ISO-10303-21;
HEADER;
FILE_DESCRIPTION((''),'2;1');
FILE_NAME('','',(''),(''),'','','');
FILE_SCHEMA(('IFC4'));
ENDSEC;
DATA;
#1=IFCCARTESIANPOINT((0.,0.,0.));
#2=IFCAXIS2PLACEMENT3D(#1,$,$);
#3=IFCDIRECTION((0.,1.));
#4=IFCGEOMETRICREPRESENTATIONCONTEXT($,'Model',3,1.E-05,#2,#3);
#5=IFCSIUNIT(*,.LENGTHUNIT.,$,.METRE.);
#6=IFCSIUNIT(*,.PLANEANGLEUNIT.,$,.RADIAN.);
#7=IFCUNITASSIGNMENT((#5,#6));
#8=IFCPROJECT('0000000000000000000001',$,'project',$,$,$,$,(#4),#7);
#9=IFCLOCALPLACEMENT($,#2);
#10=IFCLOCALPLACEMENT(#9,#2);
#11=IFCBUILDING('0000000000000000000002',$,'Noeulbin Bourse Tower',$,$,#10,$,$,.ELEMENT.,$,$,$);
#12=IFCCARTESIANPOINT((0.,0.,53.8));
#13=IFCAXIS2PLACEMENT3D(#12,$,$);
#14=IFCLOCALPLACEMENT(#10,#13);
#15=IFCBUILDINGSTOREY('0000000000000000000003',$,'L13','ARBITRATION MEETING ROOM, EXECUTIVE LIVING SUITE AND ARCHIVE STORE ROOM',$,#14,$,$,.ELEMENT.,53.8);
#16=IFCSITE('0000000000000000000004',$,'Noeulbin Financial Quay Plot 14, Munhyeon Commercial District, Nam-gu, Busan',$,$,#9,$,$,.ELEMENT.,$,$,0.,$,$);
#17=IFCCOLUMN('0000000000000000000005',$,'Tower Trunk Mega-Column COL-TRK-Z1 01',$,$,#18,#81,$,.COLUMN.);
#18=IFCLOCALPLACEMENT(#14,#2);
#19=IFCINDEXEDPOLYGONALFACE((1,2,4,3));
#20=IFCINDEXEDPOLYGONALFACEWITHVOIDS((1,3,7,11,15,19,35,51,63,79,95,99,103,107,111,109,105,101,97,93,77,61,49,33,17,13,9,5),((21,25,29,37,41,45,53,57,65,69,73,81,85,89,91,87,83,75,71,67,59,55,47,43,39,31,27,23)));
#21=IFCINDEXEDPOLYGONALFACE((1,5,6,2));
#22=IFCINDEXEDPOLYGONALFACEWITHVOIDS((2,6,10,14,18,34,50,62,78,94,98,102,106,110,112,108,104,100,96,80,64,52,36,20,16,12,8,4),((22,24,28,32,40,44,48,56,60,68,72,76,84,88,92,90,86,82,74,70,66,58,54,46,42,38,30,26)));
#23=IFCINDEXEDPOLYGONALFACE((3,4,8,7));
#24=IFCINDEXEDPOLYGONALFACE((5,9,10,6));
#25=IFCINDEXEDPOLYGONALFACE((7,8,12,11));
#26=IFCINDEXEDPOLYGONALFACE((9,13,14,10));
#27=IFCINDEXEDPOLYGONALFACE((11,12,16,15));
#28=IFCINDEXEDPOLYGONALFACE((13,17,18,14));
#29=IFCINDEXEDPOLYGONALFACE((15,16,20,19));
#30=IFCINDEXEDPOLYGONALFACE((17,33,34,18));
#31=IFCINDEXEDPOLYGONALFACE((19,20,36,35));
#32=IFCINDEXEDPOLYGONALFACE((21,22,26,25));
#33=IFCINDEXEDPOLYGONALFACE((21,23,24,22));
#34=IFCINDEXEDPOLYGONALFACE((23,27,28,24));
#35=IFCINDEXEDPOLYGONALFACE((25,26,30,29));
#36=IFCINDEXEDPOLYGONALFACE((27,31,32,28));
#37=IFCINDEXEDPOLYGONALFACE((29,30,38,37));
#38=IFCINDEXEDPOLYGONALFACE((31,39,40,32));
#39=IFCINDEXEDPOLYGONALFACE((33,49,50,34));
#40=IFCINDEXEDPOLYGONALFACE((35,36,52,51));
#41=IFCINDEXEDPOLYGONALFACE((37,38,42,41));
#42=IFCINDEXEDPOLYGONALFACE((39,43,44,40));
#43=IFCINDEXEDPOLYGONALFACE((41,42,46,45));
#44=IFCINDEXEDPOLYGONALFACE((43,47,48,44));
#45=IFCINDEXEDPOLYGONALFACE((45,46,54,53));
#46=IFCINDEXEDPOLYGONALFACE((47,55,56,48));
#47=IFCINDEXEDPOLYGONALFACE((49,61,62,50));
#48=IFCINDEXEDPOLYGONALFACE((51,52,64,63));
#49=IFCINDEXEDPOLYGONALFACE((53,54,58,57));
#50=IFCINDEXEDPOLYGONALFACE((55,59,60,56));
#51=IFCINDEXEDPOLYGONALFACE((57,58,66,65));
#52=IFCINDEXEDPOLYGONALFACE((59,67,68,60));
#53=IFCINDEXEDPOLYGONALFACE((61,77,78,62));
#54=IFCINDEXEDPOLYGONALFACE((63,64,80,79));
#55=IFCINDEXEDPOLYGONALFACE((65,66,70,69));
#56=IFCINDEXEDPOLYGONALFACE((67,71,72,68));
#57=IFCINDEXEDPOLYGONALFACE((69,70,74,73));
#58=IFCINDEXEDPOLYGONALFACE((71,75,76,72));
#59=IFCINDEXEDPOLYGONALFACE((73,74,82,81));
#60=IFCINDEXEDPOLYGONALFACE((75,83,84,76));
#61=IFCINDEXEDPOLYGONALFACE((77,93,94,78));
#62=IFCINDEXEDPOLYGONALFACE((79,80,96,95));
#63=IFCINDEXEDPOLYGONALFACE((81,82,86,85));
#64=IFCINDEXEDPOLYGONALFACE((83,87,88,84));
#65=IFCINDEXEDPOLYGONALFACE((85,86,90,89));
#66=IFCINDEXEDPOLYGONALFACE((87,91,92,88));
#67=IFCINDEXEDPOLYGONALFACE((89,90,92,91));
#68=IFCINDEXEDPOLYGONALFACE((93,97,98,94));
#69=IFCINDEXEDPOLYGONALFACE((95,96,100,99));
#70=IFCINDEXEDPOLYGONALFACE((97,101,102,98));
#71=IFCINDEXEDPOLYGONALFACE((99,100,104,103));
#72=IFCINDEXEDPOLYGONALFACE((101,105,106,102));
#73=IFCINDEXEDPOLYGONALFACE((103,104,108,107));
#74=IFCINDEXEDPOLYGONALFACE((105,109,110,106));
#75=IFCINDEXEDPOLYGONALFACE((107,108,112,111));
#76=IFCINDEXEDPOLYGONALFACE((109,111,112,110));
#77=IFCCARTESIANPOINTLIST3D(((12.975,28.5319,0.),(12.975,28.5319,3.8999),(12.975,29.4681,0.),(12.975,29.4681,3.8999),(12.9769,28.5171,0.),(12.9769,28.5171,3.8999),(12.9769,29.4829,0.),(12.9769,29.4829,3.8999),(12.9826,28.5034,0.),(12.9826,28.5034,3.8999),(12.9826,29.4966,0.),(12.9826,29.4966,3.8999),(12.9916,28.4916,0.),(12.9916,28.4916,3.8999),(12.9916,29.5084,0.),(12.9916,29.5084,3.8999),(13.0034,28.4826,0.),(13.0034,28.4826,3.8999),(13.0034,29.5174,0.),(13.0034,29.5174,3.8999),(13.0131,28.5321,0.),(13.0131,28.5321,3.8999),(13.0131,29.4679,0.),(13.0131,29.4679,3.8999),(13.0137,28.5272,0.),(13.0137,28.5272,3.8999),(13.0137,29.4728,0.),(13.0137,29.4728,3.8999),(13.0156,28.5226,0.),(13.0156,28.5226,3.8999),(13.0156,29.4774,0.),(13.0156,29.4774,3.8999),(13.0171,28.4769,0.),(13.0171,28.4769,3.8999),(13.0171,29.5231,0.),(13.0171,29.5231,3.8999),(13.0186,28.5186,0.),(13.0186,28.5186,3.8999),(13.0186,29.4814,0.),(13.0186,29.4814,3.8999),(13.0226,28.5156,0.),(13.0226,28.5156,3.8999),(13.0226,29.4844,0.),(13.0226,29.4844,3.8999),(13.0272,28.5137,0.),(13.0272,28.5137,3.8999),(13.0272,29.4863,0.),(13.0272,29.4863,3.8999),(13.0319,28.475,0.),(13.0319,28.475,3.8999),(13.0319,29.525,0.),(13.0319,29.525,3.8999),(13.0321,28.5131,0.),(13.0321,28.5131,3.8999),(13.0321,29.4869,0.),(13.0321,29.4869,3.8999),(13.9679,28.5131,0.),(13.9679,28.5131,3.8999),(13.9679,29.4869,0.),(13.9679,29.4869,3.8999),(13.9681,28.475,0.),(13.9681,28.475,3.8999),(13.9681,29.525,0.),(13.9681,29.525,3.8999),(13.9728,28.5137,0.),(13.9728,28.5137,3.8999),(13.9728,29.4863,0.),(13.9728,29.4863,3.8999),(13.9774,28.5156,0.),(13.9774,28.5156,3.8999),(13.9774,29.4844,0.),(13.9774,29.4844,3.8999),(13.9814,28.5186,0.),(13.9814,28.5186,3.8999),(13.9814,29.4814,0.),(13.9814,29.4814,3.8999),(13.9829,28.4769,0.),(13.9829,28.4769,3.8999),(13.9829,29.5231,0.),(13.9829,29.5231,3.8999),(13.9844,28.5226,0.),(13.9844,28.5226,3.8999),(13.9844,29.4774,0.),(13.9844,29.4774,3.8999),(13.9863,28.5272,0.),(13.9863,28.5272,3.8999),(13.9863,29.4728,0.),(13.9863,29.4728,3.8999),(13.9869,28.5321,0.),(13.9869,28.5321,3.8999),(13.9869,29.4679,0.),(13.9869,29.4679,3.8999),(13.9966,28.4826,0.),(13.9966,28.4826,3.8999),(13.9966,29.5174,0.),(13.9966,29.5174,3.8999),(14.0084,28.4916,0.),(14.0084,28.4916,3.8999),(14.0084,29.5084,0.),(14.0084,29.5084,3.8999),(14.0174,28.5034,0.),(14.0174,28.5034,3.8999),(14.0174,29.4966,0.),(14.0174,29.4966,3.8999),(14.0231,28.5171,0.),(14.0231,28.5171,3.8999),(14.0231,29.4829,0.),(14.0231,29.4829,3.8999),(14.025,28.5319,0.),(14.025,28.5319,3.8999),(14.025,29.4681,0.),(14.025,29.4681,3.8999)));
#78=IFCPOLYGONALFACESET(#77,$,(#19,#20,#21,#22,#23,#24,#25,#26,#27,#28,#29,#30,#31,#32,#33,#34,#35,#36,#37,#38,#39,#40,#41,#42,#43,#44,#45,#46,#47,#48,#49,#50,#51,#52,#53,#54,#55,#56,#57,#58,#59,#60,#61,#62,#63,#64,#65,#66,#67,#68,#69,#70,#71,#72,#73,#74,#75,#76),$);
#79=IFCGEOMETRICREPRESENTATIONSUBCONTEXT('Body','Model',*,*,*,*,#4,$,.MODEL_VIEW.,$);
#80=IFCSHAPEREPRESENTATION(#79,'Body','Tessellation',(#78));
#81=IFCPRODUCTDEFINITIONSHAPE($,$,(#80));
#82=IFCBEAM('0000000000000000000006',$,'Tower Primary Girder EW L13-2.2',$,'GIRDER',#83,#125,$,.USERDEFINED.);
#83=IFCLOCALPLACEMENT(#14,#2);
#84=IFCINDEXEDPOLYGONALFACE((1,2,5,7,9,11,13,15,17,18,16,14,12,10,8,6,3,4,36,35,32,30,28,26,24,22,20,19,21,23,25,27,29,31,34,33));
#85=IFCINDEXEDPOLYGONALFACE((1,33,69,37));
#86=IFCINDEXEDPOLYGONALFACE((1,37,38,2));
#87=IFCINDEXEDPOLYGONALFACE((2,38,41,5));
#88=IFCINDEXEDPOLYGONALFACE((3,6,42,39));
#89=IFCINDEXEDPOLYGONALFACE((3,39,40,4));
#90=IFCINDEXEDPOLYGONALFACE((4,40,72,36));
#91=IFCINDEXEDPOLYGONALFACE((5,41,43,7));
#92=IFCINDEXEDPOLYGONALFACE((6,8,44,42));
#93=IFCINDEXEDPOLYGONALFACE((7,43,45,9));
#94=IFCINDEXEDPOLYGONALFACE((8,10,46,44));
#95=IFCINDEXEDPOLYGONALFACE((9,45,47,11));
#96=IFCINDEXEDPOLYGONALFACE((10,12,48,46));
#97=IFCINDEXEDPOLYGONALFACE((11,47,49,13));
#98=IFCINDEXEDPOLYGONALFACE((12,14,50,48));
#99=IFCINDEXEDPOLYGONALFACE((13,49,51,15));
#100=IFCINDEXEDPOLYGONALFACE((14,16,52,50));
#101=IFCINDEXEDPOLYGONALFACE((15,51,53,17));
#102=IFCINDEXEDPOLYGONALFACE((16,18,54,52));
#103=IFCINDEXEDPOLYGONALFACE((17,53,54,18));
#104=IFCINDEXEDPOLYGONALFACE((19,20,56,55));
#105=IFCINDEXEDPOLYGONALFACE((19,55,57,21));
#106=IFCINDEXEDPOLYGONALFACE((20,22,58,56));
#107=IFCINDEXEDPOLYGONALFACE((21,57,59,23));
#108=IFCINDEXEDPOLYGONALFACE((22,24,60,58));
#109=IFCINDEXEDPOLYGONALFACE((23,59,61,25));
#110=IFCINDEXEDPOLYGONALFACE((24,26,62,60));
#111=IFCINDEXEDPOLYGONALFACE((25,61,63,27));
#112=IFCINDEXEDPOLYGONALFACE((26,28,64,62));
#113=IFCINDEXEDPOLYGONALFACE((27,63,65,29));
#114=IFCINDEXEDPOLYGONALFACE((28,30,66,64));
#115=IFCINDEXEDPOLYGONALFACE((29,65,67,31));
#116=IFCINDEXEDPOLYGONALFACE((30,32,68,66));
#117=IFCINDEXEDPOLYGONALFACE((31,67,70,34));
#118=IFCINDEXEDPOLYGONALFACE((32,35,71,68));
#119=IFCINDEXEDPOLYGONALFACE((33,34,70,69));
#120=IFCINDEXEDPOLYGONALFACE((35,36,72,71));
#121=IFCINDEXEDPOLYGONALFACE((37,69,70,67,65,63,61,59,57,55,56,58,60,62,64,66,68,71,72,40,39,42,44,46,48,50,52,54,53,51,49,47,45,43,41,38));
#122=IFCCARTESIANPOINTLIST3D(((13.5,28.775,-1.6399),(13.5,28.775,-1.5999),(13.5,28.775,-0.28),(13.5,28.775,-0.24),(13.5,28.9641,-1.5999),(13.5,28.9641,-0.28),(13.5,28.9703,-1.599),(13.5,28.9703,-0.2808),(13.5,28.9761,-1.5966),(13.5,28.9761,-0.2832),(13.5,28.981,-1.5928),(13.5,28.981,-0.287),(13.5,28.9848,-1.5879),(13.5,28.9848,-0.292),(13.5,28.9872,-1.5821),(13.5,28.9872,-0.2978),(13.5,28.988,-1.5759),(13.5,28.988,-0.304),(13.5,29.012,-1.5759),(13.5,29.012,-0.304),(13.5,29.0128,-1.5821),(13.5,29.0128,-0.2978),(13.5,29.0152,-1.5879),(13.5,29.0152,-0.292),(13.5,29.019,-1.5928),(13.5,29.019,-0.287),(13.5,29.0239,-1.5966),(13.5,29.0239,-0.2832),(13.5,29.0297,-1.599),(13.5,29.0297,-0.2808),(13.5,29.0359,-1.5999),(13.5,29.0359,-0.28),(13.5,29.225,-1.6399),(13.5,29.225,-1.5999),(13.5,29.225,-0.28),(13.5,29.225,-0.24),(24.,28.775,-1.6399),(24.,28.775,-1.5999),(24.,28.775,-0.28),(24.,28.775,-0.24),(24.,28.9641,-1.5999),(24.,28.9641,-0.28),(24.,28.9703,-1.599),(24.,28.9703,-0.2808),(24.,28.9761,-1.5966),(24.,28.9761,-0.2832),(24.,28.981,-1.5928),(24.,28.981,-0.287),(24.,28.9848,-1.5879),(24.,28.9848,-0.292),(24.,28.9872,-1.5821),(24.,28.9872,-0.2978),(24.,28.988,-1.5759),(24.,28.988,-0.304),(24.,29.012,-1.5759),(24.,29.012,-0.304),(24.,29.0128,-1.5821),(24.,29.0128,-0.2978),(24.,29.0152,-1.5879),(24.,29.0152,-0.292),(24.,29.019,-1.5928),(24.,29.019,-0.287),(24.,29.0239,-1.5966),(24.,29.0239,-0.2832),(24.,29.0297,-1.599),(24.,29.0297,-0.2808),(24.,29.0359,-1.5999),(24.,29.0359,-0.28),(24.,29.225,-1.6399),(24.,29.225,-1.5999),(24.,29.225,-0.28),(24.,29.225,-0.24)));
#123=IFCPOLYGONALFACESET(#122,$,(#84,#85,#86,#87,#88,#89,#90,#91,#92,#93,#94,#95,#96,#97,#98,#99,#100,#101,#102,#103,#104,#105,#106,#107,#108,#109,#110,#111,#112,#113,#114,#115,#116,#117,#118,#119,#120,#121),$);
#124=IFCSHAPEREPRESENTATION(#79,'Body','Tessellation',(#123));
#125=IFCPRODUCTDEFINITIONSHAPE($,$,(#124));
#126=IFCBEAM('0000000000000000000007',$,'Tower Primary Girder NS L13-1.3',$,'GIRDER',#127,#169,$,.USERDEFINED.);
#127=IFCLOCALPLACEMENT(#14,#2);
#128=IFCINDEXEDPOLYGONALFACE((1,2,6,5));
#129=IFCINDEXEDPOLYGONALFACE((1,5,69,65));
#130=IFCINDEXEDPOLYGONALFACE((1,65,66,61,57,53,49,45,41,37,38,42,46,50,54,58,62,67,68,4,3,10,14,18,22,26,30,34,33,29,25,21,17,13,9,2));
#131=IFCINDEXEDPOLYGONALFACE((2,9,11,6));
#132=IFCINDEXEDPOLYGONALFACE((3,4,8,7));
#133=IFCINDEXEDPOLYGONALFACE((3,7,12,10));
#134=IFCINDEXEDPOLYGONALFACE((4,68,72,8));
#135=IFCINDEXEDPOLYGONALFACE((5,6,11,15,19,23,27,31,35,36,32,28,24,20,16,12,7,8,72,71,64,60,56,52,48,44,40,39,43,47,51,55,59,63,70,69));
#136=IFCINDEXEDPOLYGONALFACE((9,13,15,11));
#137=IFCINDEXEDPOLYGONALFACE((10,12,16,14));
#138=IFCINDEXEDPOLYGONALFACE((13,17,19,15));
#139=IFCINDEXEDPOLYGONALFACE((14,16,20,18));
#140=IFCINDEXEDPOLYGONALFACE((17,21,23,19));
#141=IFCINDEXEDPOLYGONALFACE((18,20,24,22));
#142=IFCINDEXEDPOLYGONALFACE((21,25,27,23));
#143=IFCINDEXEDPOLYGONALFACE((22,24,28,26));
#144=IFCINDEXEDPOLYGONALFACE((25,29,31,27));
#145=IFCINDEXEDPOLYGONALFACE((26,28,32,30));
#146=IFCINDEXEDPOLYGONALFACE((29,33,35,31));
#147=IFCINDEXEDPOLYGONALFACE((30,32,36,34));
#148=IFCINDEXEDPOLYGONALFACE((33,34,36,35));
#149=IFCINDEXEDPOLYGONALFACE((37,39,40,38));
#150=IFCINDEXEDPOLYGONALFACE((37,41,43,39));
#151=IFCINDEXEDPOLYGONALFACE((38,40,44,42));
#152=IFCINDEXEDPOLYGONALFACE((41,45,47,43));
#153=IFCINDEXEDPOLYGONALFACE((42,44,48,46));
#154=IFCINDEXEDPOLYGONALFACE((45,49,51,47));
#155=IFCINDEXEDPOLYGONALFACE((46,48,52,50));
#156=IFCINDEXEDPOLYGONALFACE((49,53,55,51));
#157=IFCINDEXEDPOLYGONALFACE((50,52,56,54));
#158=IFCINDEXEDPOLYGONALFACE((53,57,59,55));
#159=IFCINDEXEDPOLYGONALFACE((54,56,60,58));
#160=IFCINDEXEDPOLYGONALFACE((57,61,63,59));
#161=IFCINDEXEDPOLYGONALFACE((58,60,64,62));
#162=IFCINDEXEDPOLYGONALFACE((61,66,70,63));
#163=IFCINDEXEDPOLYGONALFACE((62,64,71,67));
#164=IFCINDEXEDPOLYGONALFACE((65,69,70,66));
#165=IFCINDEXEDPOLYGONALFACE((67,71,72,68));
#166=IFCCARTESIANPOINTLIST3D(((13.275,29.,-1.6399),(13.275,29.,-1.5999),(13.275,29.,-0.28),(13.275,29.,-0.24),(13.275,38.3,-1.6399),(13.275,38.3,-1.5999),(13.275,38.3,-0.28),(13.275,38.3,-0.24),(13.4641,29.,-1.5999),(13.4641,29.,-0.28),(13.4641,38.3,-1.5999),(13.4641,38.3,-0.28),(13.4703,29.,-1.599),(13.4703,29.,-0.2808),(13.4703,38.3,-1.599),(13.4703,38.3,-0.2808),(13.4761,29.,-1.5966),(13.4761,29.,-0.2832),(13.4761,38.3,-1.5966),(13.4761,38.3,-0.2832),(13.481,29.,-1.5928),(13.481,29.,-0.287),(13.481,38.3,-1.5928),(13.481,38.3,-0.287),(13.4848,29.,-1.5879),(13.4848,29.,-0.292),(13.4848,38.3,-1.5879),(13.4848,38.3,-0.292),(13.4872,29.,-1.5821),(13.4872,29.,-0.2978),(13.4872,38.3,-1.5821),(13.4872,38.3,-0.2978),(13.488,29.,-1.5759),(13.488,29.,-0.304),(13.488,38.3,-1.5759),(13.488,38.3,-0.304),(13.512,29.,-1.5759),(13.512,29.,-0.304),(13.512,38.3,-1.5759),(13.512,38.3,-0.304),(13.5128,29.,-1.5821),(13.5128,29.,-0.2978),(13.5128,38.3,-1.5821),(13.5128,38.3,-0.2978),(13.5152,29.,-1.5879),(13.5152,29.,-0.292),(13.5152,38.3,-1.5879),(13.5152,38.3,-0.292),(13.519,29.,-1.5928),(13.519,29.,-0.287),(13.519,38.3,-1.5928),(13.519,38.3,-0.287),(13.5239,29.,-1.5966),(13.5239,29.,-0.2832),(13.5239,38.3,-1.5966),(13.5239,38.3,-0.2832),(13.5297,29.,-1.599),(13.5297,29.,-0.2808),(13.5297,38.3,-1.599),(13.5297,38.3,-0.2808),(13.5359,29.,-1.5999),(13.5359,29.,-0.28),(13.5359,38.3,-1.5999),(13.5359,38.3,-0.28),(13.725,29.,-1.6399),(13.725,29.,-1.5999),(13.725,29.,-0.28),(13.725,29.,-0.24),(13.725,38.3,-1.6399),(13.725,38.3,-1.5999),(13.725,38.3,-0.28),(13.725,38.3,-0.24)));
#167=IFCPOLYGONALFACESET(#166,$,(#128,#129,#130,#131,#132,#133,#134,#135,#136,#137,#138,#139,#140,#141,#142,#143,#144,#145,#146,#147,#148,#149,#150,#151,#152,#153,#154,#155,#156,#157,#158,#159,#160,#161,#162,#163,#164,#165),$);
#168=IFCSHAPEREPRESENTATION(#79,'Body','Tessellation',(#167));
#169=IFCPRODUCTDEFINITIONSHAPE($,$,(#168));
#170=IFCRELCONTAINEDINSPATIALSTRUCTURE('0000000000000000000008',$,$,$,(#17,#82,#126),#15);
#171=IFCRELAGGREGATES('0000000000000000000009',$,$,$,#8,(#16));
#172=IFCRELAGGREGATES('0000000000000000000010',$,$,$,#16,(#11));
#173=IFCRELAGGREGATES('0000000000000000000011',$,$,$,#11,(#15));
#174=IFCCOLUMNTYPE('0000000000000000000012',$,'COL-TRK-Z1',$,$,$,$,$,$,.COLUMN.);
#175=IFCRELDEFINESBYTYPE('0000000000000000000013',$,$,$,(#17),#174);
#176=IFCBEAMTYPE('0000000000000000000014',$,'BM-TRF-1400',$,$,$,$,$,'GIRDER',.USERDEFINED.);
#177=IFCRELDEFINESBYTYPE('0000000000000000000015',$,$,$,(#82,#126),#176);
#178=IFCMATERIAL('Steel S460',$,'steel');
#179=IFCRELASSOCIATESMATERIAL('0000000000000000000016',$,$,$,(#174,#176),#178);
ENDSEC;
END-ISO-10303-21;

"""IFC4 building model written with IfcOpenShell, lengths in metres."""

from ifc_helpers import new_model, si_unit, direction, frame, origin, origin_2d, place, context, subcontext, project, spatial, hollow_rectangle, i_section, extrude, material, material_profile, profile_set, type_object, element, save


model = new_model("IFC4")

# Units and contexts
model_context = context("Model", 3, precision=1e-05, world=origin(), true_north=direction((0.0, 1.0)))
body_context = subcontext(model_context, "Body", "Model", "MODEL_VIEW")
ifc_project = project(units=[si_unit("LENGTHUNIT", "METRE"), si_unit("PLANEANGLEUNIT", "RADIAN")], contexts=[model_context])

# Site, building, storey
site_placement = place(None, origin())
site = spatial("IfcSite", under=ifc_project, at=site_placement, Name="Noeulbin Financial Quay Plot 14, Munhyeon Commercial District, Nam-gu, Busan", CompositionType="ELEMENT", RefElevation=0.0)
building_placement = place(site_placement, origin())
building = spatial("IfcBuilding", under=site, at=building_placement, Name="Noeulbin Bourse Tower", CompositionType="ELEMENT")
storey_placement = place(building_placement, frame((0.0, 0.0, 53.8)))
storey = spatial("IfcBuildingStorey", under=building, at=storey_placement, Name="L13", Description="ARBITRATION MEETING ROOM, EXECUTIVE LIVING SUITE AND ARCHIVE STORE ROOM", CompositionType="ELEMENT", Elevation=53.8)

# Column
ifc_material_1 = material(Name="Steel S460", Category="steel")
ifc_material_profile_1 = material_profile(ifc_material_1, hollow_rectangle(XDim=1.05, YDim=1.05, WallThickness=0.0381, InnerFilletRadius=0.019, OuterFilletRadius=0.0569, at=origin_2d()), Name="BOX-1050x1050x38", Category="LoadBearing")
ifc_profile_set_1 = profile_set([ifc_material_profile_1], Name="Steel S460")
column_type = type_object("IfcColumnType", Name="COL-TRK-Z1", PredefinedType="COLUMN", material=ifc_profile_set_1)
column_placement = place(storey_placement, frame((13.5, 29.0, 0.0), z_axis=(0.0, 0.0, 1.0), x_axis=(1.0, 0.0, 0.0)))
element("IfcColumn", 1, at=column_placement, inside=storey, type_object=column_type, Name="Tower Trunk Mega-Column COL-TRK-Z1 01", PredefinedType="COLUMN", context=body_context, shape_type="SweptSolid", body=[
    extrude(hollow_rectangle(XDim=1.05, YDim=1.05, WallThickness=0.0381, InnerFilletRadius=0.019, OuterFilletRadius=0.0569, at=origin_2d()), origin(), (0.0, 0.0, 1.0), 3.8999),
])

# Beams
ifc_material_profile_2 = material_profile(ifc_material_1, i_section(OverallWidth=0.45, OverallDepth=1.3999, WebThickness=0.0239, FlangeThickness=0.04, FilletRadius=0.0239, at=origin_2d()), Name="PG-1400x450x24x40", Category="LoadBearing")
ifc_profile_set_2 = profile_set([ifc_material_profile_2], Name="Steel S460")
beam_type = type_object("IfcBeamType", Name="BM-TRF-1400", ElementType="GIRDER", PredefinedType="USERDEFINED", material=ifc_profile_set_2)
beam_placement = place(storey_placement, frame((13.5, 29.0, -0.9399), z_axis=(1.0, 0.0, 0.0), x_axis=(0.0, 1.0, 0.0)))
element("IfcBeam", 2, at=beam_placement, inside=storey, type_object=beam_type, Name="Tower Primary Girder EW L13-2.2", ObjectType="GIRDER", PredefinedType="USERDEFINED", context=body_context, shape_type="SweptSolid", body=[
    extrude(i_section(OverallWidth=0.45, OverallDepth=1.3999, WebThickness=0.0239, FlangeThickness=0.04, FilletRadius=0.0239, at=origin_2d()), origin(), (0.0, 0.0, 1.0), 10.5),
])
for number, where, z_axis, x_axis, name in (
    (3, (13.5, 29.0, -0.9399), (0.0, 1.0, 0.0), (-1.0, 0.0, 0.0), "Tower Primary Girder NS L13-1.3"),
):
    element("IfcBeam", number, at=place(storey_placement, frame(where, z_axis=z_axis, x_axis=x_axis)), inside=storey, type_object=beam_type, Name=name, ObjectType="GIRDER", PredefinedType="USERDEFINED", context=body_context, shape_type="SweptSolid", body=[
        extrude(i_section(OverallWidth=0.45, OverallDepth=1.3999, WebThickness=0.0239, FlangeThickness=0.04, FilletRadius=0.0239, at=origin_2d()), origin(), (0.0, 0.0, 1.0), 9.3),
    ])

save(model, "model.ifc")
